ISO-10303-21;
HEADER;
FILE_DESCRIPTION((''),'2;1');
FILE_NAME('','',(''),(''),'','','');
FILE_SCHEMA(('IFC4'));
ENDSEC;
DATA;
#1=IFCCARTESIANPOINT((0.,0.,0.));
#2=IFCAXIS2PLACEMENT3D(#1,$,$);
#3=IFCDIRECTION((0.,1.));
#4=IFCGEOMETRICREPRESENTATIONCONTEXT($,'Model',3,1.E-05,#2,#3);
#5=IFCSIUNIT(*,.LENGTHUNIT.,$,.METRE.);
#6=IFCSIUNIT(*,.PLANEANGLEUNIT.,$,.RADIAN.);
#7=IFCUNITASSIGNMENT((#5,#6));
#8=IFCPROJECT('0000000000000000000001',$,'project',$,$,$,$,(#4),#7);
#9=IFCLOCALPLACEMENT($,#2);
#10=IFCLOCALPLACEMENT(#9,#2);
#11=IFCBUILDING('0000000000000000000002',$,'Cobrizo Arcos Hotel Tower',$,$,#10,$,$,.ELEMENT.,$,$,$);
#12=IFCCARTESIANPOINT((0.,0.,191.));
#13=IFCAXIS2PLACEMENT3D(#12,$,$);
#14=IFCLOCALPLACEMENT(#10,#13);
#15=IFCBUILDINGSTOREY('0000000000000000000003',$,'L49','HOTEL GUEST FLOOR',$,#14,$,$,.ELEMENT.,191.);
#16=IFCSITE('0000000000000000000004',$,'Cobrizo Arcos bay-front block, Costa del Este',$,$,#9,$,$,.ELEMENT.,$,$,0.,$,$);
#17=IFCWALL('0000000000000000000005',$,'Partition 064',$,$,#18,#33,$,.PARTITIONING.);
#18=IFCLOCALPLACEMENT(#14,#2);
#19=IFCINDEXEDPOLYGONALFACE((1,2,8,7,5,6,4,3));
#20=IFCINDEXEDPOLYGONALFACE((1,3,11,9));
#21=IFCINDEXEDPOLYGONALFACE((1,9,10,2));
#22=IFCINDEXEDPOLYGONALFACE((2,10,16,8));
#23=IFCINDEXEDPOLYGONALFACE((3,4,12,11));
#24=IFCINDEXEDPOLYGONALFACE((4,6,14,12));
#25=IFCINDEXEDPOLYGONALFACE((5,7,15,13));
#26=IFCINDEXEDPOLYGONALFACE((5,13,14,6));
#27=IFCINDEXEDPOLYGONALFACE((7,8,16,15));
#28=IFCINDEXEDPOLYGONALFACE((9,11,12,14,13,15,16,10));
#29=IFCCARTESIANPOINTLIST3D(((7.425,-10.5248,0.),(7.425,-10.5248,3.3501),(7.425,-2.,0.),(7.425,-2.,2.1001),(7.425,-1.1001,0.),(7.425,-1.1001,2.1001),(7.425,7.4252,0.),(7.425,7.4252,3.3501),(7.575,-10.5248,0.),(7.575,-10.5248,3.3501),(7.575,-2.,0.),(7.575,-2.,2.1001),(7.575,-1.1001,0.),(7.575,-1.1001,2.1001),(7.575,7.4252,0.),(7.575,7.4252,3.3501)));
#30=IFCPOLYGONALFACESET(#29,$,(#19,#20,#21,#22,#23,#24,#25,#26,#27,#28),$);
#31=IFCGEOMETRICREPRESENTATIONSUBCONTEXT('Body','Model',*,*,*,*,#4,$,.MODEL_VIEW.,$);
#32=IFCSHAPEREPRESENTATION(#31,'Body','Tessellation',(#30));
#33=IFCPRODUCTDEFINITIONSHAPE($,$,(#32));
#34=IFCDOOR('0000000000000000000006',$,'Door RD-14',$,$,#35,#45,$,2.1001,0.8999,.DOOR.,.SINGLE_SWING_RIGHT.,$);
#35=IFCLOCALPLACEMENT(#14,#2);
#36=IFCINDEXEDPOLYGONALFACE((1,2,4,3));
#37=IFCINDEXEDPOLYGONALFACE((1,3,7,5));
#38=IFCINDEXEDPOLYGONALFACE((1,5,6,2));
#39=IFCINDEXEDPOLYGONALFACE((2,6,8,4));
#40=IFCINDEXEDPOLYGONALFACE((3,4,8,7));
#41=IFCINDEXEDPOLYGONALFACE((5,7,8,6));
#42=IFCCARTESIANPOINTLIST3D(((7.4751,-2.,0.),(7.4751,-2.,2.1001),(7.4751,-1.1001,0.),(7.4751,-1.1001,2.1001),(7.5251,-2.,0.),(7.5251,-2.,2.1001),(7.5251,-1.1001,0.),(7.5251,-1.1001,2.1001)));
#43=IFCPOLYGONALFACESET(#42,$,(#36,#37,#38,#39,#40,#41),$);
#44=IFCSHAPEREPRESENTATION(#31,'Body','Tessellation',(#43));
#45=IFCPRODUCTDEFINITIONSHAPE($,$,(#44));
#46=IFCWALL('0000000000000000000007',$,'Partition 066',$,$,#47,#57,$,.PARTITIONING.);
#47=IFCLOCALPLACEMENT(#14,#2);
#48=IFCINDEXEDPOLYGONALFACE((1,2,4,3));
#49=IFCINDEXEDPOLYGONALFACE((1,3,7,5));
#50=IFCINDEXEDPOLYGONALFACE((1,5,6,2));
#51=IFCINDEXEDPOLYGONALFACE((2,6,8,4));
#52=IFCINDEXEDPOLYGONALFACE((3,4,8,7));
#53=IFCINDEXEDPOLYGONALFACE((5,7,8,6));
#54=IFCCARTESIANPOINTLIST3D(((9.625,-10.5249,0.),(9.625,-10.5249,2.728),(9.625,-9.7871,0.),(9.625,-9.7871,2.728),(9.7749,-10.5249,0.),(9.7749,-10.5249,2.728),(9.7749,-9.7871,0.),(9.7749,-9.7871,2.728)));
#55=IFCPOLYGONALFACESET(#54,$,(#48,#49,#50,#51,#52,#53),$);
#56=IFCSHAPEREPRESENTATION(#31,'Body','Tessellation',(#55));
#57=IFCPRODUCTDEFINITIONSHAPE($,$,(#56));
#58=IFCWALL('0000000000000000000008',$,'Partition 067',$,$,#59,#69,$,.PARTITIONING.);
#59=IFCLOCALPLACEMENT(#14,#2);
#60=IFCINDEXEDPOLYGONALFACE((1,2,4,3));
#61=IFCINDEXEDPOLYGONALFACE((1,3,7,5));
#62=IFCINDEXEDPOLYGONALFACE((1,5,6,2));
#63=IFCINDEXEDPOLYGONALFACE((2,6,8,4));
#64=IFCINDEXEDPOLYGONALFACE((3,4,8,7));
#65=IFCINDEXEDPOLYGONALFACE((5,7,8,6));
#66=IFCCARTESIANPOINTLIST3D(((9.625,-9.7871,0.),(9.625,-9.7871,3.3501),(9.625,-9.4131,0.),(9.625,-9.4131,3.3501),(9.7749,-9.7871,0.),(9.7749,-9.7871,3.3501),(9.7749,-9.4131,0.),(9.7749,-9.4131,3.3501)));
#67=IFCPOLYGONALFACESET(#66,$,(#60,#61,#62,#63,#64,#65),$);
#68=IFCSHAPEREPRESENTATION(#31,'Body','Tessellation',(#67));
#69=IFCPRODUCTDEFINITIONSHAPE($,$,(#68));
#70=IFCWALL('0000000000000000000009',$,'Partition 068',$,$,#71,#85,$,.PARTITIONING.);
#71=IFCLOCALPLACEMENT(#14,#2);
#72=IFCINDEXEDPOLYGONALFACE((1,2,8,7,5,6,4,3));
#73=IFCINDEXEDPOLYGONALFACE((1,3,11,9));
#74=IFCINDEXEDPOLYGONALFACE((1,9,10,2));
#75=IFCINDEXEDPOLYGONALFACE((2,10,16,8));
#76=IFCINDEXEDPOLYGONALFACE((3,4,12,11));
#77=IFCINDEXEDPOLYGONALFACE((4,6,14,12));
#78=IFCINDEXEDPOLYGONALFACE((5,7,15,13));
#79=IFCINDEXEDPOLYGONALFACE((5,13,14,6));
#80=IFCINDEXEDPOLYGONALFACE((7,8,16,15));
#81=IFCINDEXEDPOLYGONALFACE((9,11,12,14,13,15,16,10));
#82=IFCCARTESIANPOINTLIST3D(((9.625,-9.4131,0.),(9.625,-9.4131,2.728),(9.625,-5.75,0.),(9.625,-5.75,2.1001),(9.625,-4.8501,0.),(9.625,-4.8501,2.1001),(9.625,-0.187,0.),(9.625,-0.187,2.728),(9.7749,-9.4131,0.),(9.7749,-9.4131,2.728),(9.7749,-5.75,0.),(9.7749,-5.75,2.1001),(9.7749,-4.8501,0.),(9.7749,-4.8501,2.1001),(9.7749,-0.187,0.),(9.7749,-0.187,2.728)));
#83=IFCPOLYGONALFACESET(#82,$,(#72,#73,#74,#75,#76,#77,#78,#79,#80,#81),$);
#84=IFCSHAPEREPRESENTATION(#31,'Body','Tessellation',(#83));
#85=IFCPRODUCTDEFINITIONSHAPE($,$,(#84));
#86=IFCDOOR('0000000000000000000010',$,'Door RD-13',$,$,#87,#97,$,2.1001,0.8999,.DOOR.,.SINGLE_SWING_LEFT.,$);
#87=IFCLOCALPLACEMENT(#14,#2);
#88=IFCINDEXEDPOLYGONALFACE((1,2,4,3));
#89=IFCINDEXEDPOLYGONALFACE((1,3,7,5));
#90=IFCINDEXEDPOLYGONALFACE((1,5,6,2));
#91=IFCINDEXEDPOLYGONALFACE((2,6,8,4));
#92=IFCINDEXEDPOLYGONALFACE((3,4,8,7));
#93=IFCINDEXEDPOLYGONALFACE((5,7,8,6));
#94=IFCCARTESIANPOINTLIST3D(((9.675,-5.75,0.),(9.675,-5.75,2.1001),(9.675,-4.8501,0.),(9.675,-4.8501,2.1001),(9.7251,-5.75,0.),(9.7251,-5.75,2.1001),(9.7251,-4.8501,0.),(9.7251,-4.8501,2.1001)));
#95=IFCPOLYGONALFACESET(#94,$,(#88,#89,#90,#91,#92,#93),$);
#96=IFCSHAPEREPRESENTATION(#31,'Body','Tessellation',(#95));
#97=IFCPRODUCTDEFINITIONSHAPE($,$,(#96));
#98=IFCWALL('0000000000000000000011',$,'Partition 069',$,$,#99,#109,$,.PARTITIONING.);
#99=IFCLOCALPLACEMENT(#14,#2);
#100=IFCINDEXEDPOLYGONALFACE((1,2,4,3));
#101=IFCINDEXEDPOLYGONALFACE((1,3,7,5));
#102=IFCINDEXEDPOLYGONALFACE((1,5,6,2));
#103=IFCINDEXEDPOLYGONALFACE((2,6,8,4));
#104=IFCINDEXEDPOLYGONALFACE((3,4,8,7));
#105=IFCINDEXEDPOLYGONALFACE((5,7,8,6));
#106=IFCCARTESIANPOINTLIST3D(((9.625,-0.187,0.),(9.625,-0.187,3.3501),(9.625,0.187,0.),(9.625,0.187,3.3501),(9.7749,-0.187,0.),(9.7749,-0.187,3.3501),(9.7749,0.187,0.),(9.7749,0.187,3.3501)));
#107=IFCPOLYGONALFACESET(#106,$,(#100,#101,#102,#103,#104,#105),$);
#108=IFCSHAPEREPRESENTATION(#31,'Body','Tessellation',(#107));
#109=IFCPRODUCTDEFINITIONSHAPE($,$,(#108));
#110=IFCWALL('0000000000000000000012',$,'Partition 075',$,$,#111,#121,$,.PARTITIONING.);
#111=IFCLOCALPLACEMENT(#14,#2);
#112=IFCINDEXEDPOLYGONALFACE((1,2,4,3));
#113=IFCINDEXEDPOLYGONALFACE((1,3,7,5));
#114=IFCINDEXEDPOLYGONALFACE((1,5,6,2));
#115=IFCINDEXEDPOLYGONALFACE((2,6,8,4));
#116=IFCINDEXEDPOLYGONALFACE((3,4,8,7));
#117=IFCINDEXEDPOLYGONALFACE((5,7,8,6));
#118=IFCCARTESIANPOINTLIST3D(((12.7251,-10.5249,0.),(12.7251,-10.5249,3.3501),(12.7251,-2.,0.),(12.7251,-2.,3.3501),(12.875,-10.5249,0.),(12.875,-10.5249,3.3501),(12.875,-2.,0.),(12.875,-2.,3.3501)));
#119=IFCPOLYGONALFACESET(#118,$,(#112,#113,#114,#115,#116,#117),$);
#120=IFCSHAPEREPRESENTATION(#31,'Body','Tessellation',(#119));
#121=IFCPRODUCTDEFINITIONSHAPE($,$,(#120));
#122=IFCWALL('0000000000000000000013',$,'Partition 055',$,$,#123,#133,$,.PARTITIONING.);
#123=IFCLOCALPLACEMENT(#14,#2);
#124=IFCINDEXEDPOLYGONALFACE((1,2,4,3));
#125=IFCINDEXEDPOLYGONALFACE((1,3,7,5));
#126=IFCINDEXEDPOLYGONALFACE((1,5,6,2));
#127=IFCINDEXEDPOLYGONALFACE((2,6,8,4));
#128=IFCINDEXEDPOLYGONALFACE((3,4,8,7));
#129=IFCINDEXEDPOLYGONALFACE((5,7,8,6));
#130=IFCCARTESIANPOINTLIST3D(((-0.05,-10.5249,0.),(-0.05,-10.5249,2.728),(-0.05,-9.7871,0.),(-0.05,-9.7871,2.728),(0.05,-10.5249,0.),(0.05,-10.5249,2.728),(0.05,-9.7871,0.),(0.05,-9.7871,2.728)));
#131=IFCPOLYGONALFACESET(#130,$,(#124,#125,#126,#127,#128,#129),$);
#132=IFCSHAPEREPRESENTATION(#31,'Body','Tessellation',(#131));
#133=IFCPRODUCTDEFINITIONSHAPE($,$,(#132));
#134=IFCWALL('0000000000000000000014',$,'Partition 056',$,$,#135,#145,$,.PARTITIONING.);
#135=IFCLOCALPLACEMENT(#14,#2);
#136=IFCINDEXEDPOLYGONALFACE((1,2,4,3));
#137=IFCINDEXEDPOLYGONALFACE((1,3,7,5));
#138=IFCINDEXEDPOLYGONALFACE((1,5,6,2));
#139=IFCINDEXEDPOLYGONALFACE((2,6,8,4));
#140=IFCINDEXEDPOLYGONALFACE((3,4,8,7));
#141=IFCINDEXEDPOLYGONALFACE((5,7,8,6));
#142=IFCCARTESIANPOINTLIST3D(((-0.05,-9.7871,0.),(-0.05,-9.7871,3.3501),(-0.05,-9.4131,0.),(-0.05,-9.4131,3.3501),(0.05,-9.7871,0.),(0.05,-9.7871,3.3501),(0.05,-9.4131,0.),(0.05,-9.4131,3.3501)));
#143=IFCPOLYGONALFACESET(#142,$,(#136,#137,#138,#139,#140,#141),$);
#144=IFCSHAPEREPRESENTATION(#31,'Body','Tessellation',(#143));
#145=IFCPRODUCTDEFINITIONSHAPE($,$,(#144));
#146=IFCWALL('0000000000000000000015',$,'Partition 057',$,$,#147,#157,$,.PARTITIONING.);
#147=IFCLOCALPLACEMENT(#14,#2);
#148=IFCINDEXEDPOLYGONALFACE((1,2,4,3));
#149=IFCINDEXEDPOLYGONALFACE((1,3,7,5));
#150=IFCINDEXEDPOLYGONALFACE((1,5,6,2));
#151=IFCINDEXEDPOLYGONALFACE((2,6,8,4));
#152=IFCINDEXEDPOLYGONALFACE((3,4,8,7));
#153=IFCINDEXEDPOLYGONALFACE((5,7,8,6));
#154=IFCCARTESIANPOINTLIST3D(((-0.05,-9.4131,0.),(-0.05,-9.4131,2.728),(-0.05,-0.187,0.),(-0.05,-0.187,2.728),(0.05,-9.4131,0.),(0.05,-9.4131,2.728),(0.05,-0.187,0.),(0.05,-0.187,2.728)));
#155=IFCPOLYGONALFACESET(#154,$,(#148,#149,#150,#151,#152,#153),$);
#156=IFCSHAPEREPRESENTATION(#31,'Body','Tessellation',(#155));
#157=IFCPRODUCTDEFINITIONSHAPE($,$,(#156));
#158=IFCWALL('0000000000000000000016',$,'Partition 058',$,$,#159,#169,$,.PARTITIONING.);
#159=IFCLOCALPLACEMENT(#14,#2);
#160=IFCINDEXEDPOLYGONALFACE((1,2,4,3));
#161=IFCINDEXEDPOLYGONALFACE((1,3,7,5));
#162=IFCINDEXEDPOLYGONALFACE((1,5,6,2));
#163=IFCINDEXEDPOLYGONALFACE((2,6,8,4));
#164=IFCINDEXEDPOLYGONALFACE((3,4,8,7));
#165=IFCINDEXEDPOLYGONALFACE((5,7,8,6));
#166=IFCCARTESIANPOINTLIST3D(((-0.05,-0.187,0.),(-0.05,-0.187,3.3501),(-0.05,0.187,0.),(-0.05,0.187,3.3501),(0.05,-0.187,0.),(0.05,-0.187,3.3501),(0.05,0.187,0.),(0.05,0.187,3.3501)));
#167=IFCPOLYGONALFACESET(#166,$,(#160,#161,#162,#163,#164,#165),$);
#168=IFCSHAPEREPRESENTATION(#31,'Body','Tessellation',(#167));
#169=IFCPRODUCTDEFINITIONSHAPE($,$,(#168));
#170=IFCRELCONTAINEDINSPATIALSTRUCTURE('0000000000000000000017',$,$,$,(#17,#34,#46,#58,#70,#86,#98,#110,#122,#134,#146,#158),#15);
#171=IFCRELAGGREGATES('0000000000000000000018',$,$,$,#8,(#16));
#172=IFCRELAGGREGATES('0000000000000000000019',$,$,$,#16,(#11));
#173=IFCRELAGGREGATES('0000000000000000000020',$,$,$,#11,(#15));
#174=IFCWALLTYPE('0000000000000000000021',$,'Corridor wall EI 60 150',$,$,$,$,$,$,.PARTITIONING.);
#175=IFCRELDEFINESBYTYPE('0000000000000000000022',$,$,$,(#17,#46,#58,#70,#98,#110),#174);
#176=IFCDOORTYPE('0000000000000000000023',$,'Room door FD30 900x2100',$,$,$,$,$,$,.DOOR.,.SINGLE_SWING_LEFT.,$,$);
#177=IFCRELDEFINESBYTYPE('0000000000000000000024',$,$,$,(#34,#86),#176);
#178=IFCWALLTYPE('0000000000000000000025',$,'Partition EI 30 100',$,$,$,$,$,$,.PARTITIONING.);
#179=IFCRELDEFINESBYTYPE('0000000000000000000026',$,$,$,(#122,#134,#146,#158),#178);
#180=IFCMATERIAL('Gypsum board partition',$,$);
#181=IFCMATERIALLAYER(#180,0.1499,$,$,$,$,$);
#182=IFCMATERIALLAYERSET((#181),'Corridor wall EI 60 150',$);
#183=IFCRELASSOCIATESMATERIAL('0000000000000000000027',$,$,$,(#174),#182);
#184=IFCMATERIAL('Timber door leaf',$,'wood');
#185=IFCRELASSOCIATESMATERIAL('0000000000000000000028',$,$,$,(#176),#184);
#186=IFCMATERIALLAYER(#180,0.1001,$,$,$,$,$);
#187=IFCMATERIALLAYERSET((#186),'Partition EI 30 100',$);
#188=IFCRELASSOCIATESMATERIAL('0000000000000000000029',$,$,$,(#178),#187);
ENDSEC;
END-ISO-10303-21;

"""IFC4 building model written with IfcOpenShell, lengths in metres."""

from ifc_helpers import new_model, si_unit, direction, frame, frame_2d, origin, place, context, subcontext, project, spatial, rectangle, extrude, material, layer, layer_set, type_object, element, fill, save


model = new_model("IFC4")

# Units and contexts
model_context = context("Model", 3, precision=1e-05, world=origin(), true_north=direction((0.0, 1.0)))
body_context = subcontext(model_context, "Body", "Model", "MODEL_VIEW")
ifc_project = project(units=[si_unit("LENGTHUNIT", "METRE"), si_unit("PLANEANGLEUNIT", "RADIAN")], contexts=[model_context])

# Site, building, storey
site_placement = place(None, origin())
site = spatial("IfcSite", under=ifc_project, at=site_placement, Name="Cobrizo Arcos bay-front block, Costa del Este", CompositionType="ELEMENT", RefElevation=0.0)
building_placement = place(site_placement, origin())
building = spatial("IfcBuilding", under=site, at=building_placement, Name="Cobrizo Arcos Hotel Tower", CompositionType="ELEMENT")
storey_placement = place(building_placement, frame((0.0, 0.0, 191.0)))
storey = spatial("IfcBuildingStorey", under=building, at=storey_placement, Name="L49", Description="HOTEL GUEST FLOOR", CompositionType="ELEMENT", Elevation=191.0)

# Shared definitions
ifc_material_1 = material(Name="Gypsum board partition")
ifc_layer_1 = layer(ifc_material_1, 0.1499)
ifc_layer_set_1 = layer_set([ifc_layer_1], Name="Corridor wall EI 60 150")
wall_type_1 = type_object("IfcWallType", Name="Corridor wall EI 60 150", PredefinedType="PARTITIONING", material=ifc_layer_set_1)

# Wall, opening, door
wall_1_placement = place(storey_placement, frame((7.5, -10.5249, 0.0), z_axis=(0.0, 0.0, 1.0), x_axis=(0.0, 1.0, 0.0)))
wall_1 = element("IfcWall", 1, at=wall_1_placement, inside=storey, type_object=wall_type_1, Name="Partition 064", PredefinedType="PARTITIONING", context=body_context, shape_type="SweptSolid", body=[
    extrude(rectangle(XDim=17.95, YDim=0.1499, at=frame_2d((8.9751, 0.0))), origin(), (0.0, 0.0, 1.0), 3.3501),
])
opening_1_placement = place(wall_1_placement, frame((8.5249, 0.0, 0.0)))
opening_1 = element("IfcOpeningElement", 2, at=opening_1_placement, cuts=wall_1, PredefinedType="OPENING", context=body_context, shape_type="SweptSolid", body=[
    extrude(rectangle(XDim=0.8999, YDim=2.1001, at=frame_2d((0.45, 1.05))), frame((0.0, 0.0869, 0.0), z_axis=(0.0, -1.0, 0.0), x_axis=(1.0, 0.0, 0.0)), (0.0, 0.0, 1.0), 0.1738),
])
ifc_material_2 = material(Name="Timber door leaf", Category="wood")
door_type_1 = type_object("IfcDoorType", Name="Room door FD30 900x2100", OperationType="SINGLE_SWING_LEFT", PredefinedType="DOOR", material=ifc_material_2)
door_1_placement = place(opening_1_placement, origin())
door_1 = element("IfcDoor", 3, at=door_1_placement, inside=storey, type_object=door_type_1, Name="Door RD-14", OperationType="SINGLE_SWING_RIGHT", OverallHeight=2.1001, OverallWidth=0.8999, PredefinedType="DOOR", context=body_context, shape_type="SweptSolid", body=[
    extrude(rectangle(XDim=0.8999, YDim=2.1001, at=frame_2d((0.45, 1.05))), frame((0.0, 0.0249, 0.0), z_axis=(0.0, -1.0, 0.0), x_axis=(1.0, 0.0, 0.0)), (0.0, 0.0, 1.0), 0.05),
])
fill(opening_1, door_1)

# Walls
wall_2_placement = place(storey_placement, frame((9.7, -10.5249, 0.0), z_axis=(0.0, 0.0, 1.0), x_axis=(0.0, 1.0, 0.0)))
element("IfcWall", 4, at=wall_2_placement, inside=storey, type_object=wall_type_1, Name="Partition 066", PredefinedType="PARTITIONING", context=body_context, shape_type="SweptSolid", body=[
    extrude(rectangle(XDim=0.7378, YDim=0.1499, at=frame_2d((0.3689, 0.0))), origin(), (0.0, 0.0, 1.0), 2.728),
])
wall_3_placement = place(storey_placement, frame((9.7, -9.7871, 0.0), z_axis=(0.0, 0.0, 1.0), x_axis=(0.0, 1.0, 0.0)))
element("IfcWall", 5, at=wall_3_placement, inside=storey, type_object=wall_type_1, Name="Partition 067", PredefinedType="PARTITIONING", context=body_context, shape_type="SweptSolid", body=[
    extrude(rectangle(XDim=0.374, YDim=0.1499, at=frame_2d((0.187, 0.0))), origin(), (0.0, 0.0, 1.0), 3.3501),
])

# Wall, opening, door
wall_4_placement = place(storey_placement, frame((9.7, -9.4131, 0.0), z_axis=(0.0, 0.0, 1.0), x_axis=(0.0, 1.0, 0.0)))
wall_4 = element("IfcWall", 6, at=wall_4_placement, inside=storey, type_object=wall_type_1, Name="Partition 068", PredefinedType="PARTITIONING", context=body_context, shape_type="SweptSolid", body=[
    extrude(rectangle(XDim=9.2261, YDim=0.1499, at=frame_2d((4.613, 0.0))), origin(), (0.0, 0.0, 1.0), 2.728),
])
opening_2_placement = place(wall_4_placement, frame((3.6631, 0.0, 0.0)))
opening_2 = element("IfcOpeningElement", 7, at=opening_2_placement, cuts=wall_4, PredefinedType="OPENING", context=body_context, shape_type="SweptSolid", body=[
    extrude(rectangle(XDim=0.8999, YDim=2.1001, at=frame_2d((0.45, 1.05))), frame((0.0, 0.0869, 0.0), z_axis=(0.0, -1.0, 0.0), x_axis=(1.0, 0.0, 0.0)), (0.0, 0.0, 1.0), 0.1738),
])
door_2_placement = place(opening_2_placement, origin())
door_2 = element("IfcDoor", 8, at=door_2_placement, inside=storey, type_object=door_type_1, Name="Door RD-13", OperationType="SINGLE_SWING_LEFT", OverallHeight=2.1001, OverallWidth=0.8999, PredefinedType="DOOR", context=body_context, shape_type="SweptSolid", body=[
    extrude(rectangle(XDim=0.8999, YDim=2.1001, at=frame_2d((0.45, 1.05))), frame((0.0, 0.0249, 0.0), z_axis=(0.0, -1.0, 0.0), x_axis=(1.0, 0.0, 0.0)), (0.0, 0.0, 1.0), 0.05),
])
fill(opening_2, door_2)

# Walls
wall_5_placement = place(storey_placement, frame((9.7, -0.187, 0.0), z_axis=(0.0, 0.0, 1.0), x_axis=(0.0, 1.0, 0.0)))
element("IfcWall", 9, at=wall_5_placement, inside=storey, type_object=wall_type_1, Name="Partition 069", PredefinedType="PARTITIONING", context=body_context, shape_type="SweptSolid", body=[
    extrude(rectangle(XDim=0.374, YDim=0.1499, at=frame_2d((0.187, 0.0))), origin(), (0.0, 0.0, 1.0), 3.3501),
])
wall_6_placement = place(storey_placement, frame((12.8, -10.5249, 0.0), z_axis=(0.0, 0.0, 1.0), x_axis=(0.0, 1.0, 0.0)))
element("IfcWall", 10, at=wall_6_placement, inside=storey, type_object=wall_type_1, Name="Partition 075", PredefinedType="PARTITIONING", context=body_context, shape_type="SweptSolid", body=[
    extrude(rectangle(XDim=8.5249, YDim=0.1499, at=frame_2d((4.2625, 0.0))), origin(), (0.0, 0.0, 1.0), 3.3501),
])
ifc_layer_2 = layer(ifc_material_1, 0.1001)
ifc_layer_set_2 = layer_set([ifc_layer_2], Name="Partition EI 30 100")
wall_type_2 = type_object("IfcWallType", Name="Partition EI 30 100", PredefinedType="PARTITIONING", material=ifc_layer_set_2)
wall_7_placement = place(storey_placement, frame((0.0, -10.5249, 0.0), z_axis=(0.0, 0.0, 1.0), x_axis=(0.0, 1.0, 0.0)))
element("IfcWall", 11, at=wall_7_placement, inside=storey, type_object=wall_type_2, Name="Partition 055", PredefinedType="PARTITIONING", context=body_context, shape_type="SweptSolid", body=[
    extrude(rectangle(XDim=0.7378, YDim=0.1001, at=frame_2d((0.3689, 0.0))), origin(), (0.0, 0.0, 1.0), 2.728),
])
wall_8_placement = place(storey_placement, frame((0.0, -9.7871, 0.0), z_axis=(0.0, 0.0, 1.0), x_axis=(0.0, 1.0, 0.0)))
element("IfcWall", 12, at=wall_8_placement, inside=storey, type_object=wall_type_2, Name="Partition 056", PredefinedType="PARTITIONING", context=body_context, shape_type="SweptSolid", body=[
    extrude(rectangle(XDim=0.374, YDim=0.1001, at=frame_2d((0.187, 0.0))), origin(), (0.0, 0.0, 1.0), 3.3501),
])
wall_9_placement = place(storey_placement, frame((0.0, -9.4131, 0.0), z_axis=(0.0, 0.0, 1.0), x_axis=(0.0, 1.0, 0.0)))
element("IfcWall", 13, at=wall_9_placement, inside=storey, type_object=wall_type_2, Name="Partition 057", PredefinedType="PARTITIONING", context=body_context, shape_type="SweptSolid", body=[
    extrude(rectangle(XDim=9.2261, YDim=0.1001, at=frame_2d((4.613, 0.0))), origin(), (0.0, 0.0, 1.0), 2.728),
])
wall_10_placement = place(storey_placement, frame((0.0, -0.187, 0.0), z_axis=(0.0, 0.0, 1.0), x_axis=(0.0, 1.0, 0.0)))
element("IfcWall", 14, at=wall_10_placement, inside=storey, type_object=wall_type_2, Name="Partition 058", PredefinedType="PARTITIONING", context=body_context, shape_type="SweptSolid", body=[
    extrude(rectangle(XDim=0.374, YDim=0.1001, at=frame_2d((0.187, 0.0))), origin(), (0.0, 0.0, 1.0), 3.3501),
])

save(model, "model.ifc")
